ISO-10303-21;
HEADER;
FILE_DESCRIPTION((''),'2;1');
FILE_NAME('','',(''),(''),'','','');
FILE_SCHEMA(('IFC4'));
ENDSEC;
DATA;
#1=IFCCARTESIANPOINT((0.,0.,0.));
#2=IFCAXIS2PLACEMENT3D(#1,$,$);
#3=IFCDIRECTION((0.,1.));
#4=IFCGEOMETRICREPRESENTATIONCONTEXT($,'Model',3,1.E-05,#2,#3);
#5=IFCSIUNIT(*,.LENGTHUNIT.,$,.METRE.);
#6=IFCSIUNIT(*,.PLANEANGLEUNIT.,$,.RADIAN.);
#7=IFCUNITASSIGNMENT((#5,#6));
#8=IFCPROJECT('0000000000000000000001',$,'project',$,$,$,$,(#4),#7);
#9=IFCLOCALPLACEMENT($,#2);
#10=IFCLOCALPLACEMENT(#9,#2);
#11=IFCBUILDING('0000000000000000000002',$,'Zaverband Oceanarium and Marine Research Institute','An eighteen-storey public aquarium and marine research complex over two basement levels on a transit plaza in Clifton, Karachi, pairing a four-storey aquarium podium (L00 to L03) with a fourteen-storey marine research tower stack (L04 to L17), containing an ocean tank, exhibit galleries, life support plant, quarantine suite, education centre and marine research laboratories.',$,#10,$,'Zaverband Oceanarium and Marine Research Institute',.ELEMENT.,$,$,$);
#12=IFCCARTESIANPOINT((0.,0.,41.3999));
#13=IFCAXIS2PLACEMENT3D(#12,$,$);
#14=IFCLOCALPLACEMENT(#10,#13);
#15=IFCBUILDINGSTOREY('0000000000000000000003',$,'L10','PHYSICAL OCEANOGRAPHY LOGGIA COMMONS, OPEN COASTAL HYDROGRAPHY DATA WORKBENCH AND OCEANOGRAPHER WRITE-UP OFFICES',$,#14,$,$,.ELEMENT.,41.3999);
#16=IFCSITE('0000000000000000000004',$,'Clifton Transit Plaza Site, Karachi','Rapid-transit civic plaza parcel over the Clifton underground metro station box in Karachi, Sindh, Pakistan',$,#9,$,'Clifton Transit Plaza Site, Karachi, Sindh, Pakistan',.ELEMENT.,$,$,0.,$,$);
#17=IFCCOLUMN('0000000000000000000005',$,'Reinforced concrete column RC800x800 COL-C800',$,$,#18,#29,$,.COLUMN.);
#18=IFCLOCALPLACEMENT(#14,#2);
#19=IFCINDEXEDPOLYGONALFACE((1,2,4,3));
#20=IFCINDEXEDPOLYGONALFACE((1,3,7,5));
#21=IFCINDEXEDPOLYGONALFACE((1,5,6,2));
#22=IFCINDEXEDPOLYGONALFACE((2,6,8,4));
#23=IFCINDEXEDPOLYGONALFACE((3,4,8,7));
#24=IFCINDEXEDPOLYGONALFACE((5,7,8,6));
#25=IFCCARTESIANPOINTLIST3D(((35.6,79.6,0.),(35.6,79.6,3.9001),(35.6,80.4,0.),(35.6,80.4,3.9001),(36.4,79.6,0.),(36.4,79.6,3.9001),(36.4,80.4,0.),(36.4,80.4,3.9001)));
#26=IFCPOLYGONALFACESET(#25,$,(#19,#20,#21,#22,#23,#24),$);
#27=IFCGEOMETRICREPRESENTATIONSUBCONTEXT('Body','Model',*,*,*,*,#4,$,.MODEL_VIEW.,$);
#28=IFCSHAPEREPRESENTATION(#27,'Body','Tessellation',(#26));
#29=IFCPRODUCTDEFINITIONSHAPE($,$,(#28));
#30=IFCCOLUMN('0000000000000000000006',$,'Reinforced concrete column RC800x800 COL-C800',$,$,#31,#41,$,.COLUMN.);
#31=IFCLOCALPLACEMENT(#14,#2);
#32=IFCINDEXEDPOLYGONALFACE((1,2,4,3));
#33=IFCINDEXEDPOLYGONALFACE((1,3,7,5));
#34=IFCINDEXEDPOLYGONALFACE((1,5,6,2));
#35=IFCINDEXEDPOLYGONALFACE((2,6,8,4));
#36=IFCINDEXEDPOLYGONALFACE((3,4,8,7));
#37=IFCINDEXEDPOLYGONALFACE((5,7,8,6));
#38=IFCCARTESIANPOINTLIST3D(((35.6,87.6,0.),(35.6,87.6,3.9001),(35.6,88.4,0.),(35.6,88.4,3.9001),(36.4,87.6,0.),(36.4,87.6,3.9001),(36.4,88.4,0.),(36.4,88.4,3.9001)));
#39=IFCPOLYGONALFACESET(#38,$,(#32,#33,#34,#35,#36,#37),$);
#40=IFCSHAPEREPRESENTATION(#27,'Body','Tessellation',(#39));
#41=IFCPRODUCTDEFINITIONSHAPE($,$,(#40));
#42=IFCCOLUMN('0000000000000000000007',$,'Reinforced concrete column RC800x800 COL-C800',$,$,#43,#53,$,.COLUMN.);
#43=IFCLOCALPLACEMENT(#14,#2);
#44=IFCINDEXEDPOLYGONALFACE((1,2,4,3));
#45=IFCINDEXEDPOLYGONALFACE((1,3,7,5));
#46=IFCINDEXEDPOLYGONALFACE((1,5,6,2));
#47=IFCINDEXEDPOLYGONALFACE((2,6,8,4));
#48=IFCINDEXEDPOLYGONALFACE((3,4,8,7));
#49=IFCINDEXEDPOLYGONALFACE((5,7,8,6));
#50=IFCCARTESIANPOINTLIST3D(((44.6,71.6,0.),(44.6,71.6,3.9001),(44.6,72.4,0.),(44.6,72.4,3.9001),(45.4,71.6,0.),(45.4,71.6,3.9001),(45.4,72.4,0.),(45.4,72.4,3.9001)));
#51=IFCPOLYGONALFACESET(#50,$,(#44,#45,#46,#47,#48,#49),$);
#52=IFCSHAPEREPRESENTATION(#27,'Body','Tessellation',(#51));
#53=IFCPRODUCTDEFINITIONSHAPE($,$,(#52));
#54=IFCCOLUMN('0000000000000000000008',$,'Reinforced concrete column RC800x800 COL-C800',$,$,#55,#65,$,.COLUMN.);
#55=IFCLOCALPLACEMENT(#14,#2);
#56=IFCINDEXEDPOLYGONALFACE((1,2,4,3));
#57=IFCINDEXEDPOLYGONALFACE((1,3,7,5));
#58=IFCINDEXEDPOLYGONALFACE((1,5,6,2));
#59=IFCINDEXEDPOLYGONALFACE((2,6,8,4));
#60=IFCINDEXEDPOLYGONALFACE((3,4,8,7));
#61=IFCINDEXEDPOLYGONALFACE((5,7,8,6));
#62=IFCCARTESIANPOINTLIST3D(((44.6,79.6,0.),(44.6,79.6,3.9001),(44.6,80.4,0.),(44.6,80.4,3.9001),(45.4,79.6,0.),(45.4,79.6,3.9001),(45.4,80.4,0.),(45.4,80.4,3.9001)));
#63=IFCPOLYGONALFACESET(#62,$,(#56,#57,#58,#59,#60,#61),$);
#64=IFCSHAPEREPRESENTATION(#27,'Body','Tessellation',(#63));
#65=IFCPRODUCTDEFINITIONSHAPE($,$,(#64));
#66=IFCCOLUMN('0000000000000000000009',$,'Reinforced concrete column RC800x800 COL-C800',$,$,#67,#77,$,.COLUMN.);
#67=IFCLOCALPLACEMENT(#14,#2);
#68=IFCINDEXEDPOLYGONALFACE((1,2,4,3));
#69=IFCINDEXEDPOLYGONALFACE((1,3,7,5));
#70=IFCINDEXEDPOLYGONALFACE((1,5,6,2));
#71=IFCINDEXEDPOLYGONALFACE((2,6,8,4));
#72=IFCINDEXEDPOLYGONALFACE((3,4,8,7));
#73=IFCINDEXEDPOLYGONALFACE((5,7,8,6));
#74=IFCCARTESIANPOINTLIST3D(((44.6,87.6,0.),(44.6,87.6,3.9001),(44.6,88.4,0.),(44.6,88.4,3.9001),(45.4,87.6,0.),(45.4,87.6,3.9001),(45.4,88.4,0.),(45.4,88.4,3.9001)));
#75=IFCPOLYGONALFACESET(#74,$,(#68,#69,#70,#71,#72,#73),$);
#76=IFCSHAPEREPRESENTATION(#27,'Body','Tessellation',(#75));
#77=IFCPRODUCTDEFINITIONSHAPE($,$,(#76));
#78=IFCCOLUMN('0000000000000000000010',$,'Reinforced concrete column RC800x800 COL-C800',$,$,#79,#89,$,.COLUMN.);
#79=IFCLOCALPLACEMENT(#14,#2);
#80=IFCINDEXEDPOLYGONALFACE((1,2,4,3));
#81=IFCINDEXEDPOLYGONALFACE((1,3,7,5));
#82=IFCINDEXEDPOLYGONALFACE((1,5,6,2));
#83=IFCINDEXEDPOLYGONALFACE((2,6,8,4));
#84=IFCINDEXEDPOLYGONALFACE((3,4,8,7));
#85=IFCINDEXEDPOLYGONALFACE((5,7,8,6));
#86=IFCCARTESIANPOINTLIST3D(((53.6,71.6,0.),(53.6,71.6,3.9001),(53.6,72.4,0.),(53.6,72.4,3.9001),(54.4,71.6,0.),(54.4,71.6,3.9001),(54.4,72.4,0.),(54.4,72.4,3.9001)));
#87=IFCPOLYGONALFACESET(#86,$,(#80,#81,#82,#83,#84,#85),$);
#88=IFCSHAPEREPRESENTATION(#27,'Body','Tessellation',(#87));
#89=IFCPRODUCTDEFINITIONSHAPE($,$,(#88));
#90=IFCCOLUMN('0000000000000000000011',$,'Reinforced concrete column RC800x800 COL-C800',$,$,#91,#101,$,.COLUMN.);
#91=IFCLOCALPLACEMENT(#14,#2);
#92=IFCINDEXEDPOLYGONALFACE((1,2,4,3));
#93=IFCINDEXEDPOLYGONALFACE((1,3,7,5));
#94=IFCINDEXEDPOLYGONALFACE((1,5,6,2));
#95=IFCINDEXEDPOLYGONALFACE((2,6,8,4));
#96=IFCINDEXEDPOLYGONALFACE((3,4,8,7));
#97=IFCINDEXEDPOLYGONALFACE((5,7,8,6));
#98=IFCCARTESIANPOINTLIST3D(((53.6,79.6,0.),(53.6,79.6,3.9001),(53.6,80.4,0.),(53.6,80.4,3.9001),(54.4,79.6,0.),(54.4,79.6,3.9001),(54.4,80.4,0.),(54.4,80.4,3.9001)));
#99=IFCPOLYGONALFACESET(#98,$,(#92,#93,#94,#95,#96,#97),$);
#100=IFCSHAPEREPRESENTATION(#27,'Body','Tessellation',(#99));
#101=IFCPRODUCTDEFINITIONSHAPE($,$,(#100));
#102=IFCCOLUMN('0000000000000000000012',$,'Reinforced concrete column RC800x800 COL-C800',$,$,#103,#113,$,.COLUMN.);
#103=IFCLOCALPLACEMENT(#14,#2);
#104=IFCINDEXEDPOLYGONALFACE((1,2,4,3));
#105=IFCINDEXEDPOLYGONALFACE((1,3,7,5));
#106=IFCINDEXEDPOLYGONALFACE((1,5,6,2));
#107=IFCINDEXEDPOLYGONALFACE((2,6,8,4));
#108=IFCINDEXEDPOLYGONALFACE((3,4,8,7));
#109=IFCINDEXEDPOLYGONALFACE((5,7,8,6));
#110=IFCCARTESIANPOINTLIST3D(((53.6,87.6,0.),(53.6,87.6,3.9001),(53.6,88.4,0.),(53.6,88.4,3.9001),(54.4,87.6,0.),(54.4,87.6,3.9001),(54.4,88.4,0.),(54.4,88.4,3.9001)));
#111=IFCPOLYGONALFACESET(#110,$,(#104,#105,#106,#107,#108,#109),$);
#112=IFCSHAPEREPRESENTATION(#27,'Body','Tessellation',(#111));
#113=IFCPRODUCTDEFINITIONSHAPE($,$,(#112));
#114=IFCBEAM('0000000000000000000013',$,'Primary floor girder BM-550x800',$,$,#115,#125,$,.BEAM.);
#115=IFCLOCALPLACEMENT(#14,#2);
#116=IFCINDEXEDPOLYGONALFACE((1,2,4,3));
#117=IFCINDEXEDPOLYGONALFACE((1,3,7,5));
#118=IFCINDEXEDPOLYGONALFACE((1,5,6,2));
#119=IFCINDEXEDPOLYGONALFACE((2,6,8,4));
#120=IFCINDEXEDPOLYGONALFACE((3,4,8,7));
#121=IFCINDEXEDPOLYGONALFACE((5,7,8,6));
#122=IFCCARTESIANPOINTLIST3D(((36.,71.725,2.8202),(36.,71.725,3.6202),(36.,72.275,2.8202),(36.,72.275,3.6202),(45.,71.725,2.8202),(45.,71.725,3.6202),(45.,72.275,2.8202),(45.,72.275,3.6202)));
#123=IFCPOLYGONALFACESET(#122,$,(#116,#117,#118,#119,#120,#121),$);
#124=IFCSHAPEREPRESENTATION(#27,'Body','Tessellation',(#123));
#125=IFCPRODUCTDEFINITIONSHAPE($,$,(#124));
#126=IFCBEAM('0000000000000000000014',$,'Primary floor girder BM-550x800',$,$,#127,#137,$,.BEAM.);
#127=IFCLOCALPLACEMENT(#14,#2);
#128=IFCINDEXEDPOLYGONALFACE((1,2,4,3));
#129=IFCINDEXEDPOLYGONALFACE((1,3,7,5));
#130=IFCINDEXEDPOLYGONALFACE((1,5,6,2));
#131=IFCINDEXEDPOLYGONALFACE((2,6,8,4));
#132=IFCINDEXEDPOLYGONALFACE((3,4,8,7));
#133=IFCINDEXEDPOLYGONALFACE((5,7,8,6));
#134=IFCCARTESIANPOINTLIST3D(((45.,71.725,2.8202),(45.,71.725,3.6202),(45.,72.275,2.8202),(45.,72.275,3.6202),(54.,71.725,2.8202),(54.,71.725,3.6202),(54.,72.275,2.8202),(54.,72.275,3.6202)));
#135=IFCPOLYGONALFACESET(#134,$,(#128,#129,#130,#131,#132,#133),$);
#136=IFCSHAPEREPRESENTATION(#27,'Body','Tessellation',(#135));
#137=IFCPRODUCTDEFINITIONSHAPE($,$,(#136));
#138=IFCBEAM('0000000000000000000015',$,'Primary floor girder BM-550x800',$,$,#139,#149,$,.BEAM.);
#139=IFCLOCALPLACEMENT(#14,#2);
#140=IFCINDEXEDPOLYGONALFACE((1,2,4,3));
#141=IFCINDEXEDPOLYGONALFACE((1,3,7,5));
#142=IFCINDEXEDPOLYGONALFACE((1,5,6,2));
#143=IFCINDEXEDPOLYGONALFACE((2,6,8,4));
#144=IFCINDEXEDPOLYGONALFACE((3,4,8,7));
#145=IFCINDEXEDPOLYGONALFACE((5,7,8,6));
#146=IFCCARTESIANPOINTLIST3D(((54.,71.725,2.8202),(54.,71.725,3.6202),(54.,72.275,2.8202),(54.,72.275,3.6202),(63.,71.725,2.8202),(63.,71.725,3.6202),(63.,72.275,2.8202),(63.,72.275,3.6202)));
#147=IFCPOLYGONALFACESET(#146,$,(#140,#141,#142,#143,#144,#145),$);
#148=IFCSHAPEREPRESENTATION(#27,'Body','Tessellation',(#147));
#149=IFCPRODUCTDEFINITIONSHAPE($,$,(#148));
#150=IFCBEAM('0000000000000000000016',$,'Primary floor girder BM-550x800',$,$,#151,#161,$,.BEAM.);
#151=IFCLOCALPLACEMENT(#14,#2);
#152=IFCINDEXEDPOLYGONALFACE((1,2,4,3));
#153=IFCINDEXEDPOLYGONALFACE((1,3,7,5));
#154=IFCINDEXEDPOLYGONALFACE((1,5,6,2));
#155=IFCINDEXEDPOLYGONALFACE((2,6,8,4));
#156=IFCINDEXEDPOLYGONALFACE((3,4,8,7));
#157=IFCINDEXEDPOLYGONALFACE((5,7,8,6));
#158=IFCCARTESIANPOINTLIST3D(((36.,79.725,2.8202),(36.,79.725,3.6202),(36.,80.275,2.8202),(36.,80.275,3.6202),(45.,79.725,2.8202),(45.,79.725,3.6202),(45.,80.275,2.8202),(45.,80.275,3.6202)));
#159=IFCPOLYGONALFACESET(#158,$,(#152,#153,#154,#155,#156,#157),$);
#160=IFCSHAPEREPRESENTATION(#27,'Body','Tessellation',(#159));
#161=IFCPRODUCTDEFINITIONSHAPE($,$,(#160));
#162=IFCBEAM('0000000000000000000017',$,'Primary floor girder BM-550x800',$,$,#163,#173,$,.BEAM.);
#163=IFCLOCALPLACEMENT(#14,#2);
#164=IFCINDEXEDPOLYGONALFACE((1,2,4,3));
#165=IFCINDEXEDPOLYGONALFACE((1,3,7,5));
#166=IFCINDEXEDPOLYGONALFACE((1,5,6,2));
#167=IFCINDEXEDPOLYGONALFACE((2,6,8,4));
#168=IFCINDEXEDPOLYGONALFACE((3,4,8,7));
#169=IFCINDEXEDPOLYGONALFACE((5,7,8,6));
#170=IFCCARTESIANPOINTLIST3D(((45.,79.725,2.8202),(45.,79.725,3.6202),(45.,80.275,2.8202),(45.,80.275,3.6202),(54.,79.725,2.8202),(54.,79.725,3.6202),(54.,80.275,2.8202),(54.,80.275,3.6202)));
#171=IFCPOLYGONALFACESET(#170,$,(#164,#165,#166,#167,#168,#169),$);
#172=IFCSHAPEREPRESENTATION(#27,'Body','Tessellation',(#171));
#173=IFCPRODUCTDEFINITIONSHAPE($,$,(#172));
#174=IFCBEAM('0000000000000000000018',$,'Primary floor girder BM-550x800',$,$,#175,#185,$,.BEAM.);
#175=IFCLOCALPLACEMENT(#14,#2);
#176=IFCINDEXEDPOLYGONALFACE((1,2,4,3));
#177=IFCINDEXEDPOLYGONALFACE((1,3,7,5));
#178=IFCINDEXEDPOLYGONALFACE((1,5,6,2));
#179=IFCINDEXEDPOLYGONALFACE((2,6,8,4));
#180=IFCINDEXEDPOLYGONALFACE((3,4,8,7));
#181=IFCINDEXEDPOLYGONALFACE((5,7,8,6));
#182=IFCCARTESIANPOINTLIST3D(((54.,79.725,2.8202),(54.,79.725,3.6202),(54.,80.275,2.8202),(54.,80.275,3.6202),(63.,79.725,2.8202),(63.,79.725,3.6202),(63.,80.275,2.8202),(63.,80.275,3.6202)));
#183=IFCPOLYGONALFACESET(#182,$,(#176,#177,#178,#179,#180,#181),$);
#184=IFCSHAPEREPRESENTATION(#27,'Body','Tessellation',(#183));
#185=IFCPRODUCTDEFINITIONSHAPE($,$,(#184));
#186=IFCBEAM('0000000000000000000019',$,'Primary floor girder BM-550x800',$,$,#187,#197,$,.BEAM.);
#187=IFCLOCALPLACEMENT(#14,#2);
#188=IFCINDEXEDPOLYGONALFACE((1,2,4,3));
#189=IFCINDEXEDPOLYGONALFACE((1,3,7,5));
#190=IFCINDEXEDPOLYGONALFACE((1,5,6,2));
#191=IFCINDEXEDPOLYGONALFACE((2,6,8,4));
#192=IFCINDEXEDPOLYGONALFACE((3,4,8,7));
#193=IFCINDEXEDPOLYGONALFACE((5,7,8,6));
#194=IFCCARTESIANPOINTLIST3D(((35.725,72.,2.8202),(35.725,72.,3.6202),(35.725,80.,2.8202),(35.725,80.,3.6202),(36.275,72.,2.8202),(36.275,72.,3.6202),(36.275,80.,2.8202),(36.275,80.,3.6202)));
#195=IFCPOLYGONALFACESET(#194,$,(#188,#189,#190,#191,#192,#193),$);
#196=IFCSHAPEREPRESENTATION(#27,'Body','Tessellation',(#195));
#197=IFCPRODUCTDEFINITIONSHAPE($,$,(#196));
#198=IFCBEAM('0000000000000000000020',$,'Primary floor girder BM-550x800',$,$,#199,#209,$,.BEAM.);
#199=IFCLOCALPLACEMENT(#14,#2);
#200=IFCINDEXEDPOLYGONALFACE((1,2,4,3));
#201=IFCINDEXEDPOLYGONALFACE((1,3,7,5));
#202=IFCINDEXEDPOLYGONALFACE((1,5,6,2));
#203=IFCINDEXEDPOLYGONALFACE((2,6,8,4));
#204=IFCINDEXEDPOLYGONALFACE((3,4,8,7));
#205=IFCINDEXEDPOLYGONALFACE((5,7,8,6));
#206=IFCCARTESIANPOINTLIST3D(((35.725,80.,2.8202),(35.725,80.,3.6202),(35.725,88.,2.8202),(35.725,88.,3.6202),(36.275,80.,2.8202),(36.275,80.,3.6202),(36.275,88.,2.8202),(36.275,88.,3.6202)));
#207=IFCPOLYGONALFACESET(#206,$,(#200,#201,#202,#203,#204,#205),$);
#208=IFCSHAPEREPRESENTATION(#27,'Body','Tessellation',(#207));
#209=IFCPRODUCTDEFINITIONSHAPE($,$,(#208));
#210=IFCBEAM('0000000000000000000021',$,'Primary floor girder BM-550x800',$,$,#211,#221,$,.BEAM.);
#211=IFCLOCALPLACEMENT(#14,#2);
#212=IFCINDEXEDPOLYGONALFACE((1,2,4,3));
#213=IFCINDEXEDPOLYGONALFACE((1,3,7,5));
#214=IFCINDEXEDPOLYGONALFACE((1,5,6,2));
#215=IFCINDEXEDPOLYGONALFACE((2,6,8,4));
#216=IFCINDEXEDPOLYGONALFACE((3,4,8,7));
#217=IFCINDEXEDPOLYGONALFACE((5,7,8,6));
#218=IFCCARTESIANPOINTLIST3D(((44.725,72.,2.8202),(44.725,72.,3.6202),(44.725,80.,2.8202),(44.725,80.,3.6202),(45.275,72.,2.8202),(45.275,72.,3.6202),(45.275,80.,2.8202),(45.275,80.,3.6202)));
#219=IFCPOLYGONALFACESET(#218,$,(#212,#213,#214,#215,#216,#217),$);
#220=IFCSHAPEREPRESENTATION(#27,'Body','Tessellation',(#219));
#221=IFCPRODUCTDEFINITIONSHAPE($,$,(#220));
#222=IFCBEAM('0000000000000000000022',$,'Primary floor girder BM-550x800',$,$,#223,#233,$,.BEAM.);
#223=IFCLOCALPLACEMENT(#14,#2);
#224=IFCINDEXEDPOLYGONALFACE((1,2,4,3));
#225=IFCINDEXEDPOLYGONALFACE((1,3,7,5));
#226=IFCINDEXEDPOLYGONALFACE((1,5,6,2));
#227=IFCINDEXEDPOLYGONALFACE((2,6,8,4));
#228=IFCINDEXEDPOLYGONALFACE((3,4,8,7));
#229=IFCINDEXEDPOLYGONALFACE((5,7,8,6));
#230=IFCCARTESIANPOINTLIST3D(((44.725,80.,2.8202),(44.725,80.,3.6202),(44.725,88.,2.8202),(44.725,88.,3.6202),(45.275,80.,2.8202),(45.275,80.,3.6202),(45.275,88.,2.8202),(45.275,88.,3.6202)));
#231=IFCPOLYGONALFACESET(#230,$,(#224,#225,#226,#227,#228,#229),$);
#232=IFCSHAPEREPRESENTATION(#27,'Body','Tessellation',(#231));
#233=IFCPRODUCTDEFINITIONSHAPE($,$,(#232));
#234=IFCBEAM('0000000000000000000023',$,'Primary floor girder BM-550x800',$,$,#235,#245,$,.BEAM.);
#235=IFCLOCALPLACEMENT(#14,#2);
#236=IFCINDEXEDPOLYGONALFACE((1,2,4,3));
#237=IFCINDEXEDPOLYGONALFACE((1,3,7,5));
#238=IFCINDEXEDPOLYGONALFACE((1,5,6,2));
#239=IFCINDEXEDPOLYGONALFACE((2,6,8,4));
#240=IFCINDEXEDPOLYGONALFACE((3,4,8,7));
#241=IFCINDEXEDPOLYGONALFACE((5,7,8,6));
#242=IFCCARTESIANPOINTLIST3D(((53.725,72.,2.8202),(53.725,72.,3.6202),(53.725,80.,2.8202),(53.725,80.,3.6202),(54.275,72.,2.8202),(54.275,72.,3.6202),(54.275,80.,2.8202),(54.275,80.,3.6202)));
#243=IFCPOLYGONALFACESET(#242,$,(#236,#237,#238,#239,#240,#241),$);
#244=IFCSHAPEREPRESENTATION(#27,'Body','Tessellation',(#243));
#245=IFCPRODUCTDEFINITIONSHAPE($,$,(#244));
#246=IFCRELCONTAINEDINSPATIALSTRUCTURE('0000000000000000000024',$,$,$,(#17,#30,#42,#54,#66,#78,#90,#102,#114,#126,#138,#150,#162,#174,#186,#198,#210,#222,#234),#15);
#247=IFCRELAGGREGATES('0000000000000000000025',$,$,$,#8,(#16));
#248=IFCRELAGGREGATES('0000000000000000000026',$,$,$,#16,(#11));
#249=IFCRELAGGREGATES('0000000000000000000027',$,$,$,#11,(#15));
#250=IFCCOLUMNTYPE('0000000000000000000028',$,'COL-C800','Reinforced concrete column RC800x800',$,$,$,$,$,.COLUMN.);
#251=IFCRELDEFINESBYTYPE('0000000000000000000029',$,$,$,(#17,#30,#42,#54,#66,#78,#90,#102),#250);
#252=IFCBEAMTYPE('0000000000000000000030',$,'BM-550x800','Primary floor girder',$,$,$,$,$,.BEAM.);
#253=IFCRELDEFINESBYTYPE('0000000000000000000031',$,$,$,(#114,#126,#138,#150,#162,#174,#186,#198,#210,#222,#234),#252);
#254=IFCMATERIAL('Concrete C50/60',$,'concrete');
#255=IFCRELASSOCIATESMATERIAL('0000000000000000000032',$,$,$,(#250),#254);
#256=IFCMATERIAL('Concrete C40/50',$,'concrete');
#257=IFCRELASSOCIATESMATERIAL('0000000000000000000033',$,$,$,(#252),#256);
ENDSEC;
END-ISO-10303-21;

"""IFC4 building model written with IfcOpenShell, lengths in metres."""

from ifc_helpers import new_model, si_unit, direction, frame, origin, origin_2d, place, context, subcontext, project, spatial, rectangle, extrude, material, material_profile, profile_set, type_object, element, save


model = new_model("IFC4")

# Units and contexts
model_context = context("Model", 3, precision=1e-05, world=origin(), true_north=direction((0.0, 1.0)))
body_context = subcontext(model_context, "Body", "Model", "MODEL_VIEW")
ifc_project = project(units=[si_unit("LENGTHUNIT", "METRE"), si_unit("PLANEANGLEUNIT", "RADIAN")], contexts=[model_context])

# Site, building, storey
site_placement = place(None, origin())
site = spatial("IfcSite", under=ifc_project, at=site_placement, Name="Clifton Transit Plaza Site, Karachi", Description="Rapid-transit civic plaza parcel over the Clifton underground metro station box in Karachi, Sindh, Pakistan", LongName="Clifton Transit Plaza Site, Karachi, Sindh, Pakistan", CompositionType="ELEMENT", RefElevation=0.0)
building_placement = place(site_placement, origin())
building = spatial("IfcBuilding", under=site, at=building_placement, Name="Zaverband Oceanarium and Marine Research Institute", Description="An eighteen-storey public aquarium and marine research complex over two basement levels on a transit plaza in Clifton, Karachi, pairing a four-storey aquarium podium (L00 to L03) with a fourteen-storey marine research tower stack (L04 to L17), containing an ocean tank, exhibit galleries, life support plant, quarantine suite, education centre and marine research laboratories.", LongName="Zaverband Oceanarium and Marine Research Institute", CompositionType="ELEMENT")
storey_placement = place(building_placement, frame((0.0, 0.0, 41.3999)))
storey = spatial("IfcBuildingStorey", under=building, at=storey_placement, Name="L10", Description="PHYSICAL OCEANOGRAPHY LOGGIA COMMONS, OPEN COASTAL HYDROGRAPHY DATA WORKBENCH AND OCEANOGRAPHER WRITE-UP OFFICES", CompositionType="ELEMENT", Elevation=41.3999)

# Columns
ifc_material_1 = material(Name="Concrete C50/60", Category="concrete")
ifc_material_profile_1 = material_profile(ifc_material_1, rectangle(XDim=0.8, YDim=0.8, at=origin_2d()), Name="RC800x800")
ifc_profile_set_1 = profile_set([ifc_material_profile_1], Name="Concrete C50/60")
column_type = type_object("IfcColumnType", Name="COL-C800", Description="Reinforced concrete column RC800x800", PredefinedType="COLUMN", material=ifc_profile_set_1)
for number, where, z_axis, x_axis, name in (
    (1, (36.0, 80.0, 0.0), (0.0, 0.0, 1.0), (1.0, 0.0, 0.0), "Reinforced concrete column RC800x800 COL-C800"),
    (2, (36.0, 88.0, 0.0), (0.0, 0.0, 1.0), (1.0, 0.0, 0.0), "Reinforced concrete column RC800x800 COL-C800"),
    (3, (45.0, 72.0, 0.0), (0.0, 0.0, 1.0), (1.0, 0.0, 0.0), "Reinforced concrete column RC800x800 COL-C800"),
    (4, (45.0, 80.0, 0.0), (0.0, 0.0, 1.0), (1.0, 0.0, 0.0), "Reinforced concrete column RC800x800 COL-C800"),
    (5, (45.0, 88.0, 0.0), (0.0, 0.0, 1.0), (1.0, 0.0, 0.0), "Reinforced concrete column RC800x800 COL-C800"),
    (6, (54.0, 72.0, 0.0), (0.0, 0.0, 1.0), (1.0, 0.0, 0.0), "Reinforced concrete column RC800x800 COL-C800"),
    (7, (54.0, 80.0, 0.0), (0.0, 0.0, 1.0), (1.0, 0.0, 0.0), "Reinforced concrete column RC800x800 COL-C800"),
    (8, (54.0, 88.0, 0.0), (0.0, 0.0, 1.0), (1.0, 0.0, 0.0), "Reinforced concrete column RC800x800 COL-C800"),
):
    element("IfcColumn", number, at=place(storey_placement, frame(where, z_axis=z_axis, x_axis=x_axis)), inside=storey, type_object=column_type, Name=name, PredefinedType="COLUMN", context=body_context, shape_type="SweptSolid", body=[
        extrude(rectangle(XDim=0.8, YDim=0.8, at=origin_2d()), origin(), (0.0, 0.0, 1.0), 3.9001),
    ])

# Beams
ifc_material_2 = material(Name="Concrete C40/50", Category="concrete")
ifc_material_profile_2 = material_profile(ifc_material_2, rectangle(XDim=0.55, YDim=0.8, at=origin_2d()), Name="RC550x800")
ifc_profile_set_2 = profile_set([ifc_material_profile_2], Name="Concrete C40/50")
beam_type_1 = type_object("IfcBeamType", Name="BM-550x800", Description="Primary floor girder", PredefinedType="BEAM", material=ifc_profile_set_2)
for number, where, z_axis, x_axis, name in (
    (9, (36.0, 72.0, 3.2202), (1.0, 0.0, 0.0), (0.0, 1.0, 0.0), "Primary floor girder BM-550x800"),
    (10, (45.0, 72.0, 3.2202), (1.0, 0.0, 0.0), (0.0, 1.0, 0.0), "Primary floor girder BM-550x800"),
    (11, (54.0, 72.0, 3.2202), (1.0, 0.0, 0.0), (0.0, 1.0, 0.0), "Primary floor girder BM-550x800"),
    (12, (36.0, 80.0, 3.2202), (1.0, 0.0, 0.0), (0.0, 1.0, 0.0), "Primary floor girder BM-550x800"),
    (13, (45.0, 80.0, 3.2202), (1.0, 0.0, 0.0), (0.0, 1.0, 0.0), "Primary floor girder BM-550x800"),
    (14, (54.0, 80.0, 3.2202), (1.0, 0.0, 0.0), (0.0, 1.0, 0.0), "Primary floor girder BM-550x800"),
):
    element("IfcBeam", number, at=place(storey_placement, frame(where, z_axis=z_axis, x_axis=x_axis)), inside=storey, type_object=beam_type_1, Name=name, PredefinedType="BEAM", context=body_context, shape_type="SweptSolid", body=[
        extrude(rectangle(XDim=0.55, YDim=0.8, at=origin_2d()), origin(), (0.0, 0.0, 1.0), 9.0),
    ])
for number, where, z_axis, x_axis, name in (
    (15, (36.0, 72.0, 3.2202), (0.0, 1.0, 0.0), (-1.0, 0.0, 0.0), "Primary floor girder BM-550x800"),
    (16, (36.0, 80.0, 3.2202), (0.0, 1.0, 0.0), (-1.0, 0.0, 0.0), "Primary floor girder BM-550x800"),
    (17, (45.0, 72.0, 3.2202), (0.0, 1.0, 0.0), (-1.0, 0.0, 0.0), "Primary floor girder BM-550x800"),
    (18, (45.0, 80.0, 3.2202), (0.0, 1.0, 0.0), (-1.0, 0.0, 0.0), "Primary floor girder BM-550x800"),
    (19, (54.0, 72.0, 3.2202), (0.0, 1.0, 0.0), (-1.0, 0.0, 0.0), "Primary floor girder BM-550x800"),
):
    element("IfcBeam", number, at=place(storey_placement, frame(where, z_axis=z_axis, x_axis=x_axis)), inside=storey, type_object=beam_type_1, Name=name, PredefinedType="BEAM", context=body_context, shape_type="SweptSolid", body=[
        extrude(rectangle(XDim=0.55, YDim=0.8, at=origin_2d()), origin(), (0.0, 0.0, 1.0), 8.0),
    ])

save(model, "model.ifc")
